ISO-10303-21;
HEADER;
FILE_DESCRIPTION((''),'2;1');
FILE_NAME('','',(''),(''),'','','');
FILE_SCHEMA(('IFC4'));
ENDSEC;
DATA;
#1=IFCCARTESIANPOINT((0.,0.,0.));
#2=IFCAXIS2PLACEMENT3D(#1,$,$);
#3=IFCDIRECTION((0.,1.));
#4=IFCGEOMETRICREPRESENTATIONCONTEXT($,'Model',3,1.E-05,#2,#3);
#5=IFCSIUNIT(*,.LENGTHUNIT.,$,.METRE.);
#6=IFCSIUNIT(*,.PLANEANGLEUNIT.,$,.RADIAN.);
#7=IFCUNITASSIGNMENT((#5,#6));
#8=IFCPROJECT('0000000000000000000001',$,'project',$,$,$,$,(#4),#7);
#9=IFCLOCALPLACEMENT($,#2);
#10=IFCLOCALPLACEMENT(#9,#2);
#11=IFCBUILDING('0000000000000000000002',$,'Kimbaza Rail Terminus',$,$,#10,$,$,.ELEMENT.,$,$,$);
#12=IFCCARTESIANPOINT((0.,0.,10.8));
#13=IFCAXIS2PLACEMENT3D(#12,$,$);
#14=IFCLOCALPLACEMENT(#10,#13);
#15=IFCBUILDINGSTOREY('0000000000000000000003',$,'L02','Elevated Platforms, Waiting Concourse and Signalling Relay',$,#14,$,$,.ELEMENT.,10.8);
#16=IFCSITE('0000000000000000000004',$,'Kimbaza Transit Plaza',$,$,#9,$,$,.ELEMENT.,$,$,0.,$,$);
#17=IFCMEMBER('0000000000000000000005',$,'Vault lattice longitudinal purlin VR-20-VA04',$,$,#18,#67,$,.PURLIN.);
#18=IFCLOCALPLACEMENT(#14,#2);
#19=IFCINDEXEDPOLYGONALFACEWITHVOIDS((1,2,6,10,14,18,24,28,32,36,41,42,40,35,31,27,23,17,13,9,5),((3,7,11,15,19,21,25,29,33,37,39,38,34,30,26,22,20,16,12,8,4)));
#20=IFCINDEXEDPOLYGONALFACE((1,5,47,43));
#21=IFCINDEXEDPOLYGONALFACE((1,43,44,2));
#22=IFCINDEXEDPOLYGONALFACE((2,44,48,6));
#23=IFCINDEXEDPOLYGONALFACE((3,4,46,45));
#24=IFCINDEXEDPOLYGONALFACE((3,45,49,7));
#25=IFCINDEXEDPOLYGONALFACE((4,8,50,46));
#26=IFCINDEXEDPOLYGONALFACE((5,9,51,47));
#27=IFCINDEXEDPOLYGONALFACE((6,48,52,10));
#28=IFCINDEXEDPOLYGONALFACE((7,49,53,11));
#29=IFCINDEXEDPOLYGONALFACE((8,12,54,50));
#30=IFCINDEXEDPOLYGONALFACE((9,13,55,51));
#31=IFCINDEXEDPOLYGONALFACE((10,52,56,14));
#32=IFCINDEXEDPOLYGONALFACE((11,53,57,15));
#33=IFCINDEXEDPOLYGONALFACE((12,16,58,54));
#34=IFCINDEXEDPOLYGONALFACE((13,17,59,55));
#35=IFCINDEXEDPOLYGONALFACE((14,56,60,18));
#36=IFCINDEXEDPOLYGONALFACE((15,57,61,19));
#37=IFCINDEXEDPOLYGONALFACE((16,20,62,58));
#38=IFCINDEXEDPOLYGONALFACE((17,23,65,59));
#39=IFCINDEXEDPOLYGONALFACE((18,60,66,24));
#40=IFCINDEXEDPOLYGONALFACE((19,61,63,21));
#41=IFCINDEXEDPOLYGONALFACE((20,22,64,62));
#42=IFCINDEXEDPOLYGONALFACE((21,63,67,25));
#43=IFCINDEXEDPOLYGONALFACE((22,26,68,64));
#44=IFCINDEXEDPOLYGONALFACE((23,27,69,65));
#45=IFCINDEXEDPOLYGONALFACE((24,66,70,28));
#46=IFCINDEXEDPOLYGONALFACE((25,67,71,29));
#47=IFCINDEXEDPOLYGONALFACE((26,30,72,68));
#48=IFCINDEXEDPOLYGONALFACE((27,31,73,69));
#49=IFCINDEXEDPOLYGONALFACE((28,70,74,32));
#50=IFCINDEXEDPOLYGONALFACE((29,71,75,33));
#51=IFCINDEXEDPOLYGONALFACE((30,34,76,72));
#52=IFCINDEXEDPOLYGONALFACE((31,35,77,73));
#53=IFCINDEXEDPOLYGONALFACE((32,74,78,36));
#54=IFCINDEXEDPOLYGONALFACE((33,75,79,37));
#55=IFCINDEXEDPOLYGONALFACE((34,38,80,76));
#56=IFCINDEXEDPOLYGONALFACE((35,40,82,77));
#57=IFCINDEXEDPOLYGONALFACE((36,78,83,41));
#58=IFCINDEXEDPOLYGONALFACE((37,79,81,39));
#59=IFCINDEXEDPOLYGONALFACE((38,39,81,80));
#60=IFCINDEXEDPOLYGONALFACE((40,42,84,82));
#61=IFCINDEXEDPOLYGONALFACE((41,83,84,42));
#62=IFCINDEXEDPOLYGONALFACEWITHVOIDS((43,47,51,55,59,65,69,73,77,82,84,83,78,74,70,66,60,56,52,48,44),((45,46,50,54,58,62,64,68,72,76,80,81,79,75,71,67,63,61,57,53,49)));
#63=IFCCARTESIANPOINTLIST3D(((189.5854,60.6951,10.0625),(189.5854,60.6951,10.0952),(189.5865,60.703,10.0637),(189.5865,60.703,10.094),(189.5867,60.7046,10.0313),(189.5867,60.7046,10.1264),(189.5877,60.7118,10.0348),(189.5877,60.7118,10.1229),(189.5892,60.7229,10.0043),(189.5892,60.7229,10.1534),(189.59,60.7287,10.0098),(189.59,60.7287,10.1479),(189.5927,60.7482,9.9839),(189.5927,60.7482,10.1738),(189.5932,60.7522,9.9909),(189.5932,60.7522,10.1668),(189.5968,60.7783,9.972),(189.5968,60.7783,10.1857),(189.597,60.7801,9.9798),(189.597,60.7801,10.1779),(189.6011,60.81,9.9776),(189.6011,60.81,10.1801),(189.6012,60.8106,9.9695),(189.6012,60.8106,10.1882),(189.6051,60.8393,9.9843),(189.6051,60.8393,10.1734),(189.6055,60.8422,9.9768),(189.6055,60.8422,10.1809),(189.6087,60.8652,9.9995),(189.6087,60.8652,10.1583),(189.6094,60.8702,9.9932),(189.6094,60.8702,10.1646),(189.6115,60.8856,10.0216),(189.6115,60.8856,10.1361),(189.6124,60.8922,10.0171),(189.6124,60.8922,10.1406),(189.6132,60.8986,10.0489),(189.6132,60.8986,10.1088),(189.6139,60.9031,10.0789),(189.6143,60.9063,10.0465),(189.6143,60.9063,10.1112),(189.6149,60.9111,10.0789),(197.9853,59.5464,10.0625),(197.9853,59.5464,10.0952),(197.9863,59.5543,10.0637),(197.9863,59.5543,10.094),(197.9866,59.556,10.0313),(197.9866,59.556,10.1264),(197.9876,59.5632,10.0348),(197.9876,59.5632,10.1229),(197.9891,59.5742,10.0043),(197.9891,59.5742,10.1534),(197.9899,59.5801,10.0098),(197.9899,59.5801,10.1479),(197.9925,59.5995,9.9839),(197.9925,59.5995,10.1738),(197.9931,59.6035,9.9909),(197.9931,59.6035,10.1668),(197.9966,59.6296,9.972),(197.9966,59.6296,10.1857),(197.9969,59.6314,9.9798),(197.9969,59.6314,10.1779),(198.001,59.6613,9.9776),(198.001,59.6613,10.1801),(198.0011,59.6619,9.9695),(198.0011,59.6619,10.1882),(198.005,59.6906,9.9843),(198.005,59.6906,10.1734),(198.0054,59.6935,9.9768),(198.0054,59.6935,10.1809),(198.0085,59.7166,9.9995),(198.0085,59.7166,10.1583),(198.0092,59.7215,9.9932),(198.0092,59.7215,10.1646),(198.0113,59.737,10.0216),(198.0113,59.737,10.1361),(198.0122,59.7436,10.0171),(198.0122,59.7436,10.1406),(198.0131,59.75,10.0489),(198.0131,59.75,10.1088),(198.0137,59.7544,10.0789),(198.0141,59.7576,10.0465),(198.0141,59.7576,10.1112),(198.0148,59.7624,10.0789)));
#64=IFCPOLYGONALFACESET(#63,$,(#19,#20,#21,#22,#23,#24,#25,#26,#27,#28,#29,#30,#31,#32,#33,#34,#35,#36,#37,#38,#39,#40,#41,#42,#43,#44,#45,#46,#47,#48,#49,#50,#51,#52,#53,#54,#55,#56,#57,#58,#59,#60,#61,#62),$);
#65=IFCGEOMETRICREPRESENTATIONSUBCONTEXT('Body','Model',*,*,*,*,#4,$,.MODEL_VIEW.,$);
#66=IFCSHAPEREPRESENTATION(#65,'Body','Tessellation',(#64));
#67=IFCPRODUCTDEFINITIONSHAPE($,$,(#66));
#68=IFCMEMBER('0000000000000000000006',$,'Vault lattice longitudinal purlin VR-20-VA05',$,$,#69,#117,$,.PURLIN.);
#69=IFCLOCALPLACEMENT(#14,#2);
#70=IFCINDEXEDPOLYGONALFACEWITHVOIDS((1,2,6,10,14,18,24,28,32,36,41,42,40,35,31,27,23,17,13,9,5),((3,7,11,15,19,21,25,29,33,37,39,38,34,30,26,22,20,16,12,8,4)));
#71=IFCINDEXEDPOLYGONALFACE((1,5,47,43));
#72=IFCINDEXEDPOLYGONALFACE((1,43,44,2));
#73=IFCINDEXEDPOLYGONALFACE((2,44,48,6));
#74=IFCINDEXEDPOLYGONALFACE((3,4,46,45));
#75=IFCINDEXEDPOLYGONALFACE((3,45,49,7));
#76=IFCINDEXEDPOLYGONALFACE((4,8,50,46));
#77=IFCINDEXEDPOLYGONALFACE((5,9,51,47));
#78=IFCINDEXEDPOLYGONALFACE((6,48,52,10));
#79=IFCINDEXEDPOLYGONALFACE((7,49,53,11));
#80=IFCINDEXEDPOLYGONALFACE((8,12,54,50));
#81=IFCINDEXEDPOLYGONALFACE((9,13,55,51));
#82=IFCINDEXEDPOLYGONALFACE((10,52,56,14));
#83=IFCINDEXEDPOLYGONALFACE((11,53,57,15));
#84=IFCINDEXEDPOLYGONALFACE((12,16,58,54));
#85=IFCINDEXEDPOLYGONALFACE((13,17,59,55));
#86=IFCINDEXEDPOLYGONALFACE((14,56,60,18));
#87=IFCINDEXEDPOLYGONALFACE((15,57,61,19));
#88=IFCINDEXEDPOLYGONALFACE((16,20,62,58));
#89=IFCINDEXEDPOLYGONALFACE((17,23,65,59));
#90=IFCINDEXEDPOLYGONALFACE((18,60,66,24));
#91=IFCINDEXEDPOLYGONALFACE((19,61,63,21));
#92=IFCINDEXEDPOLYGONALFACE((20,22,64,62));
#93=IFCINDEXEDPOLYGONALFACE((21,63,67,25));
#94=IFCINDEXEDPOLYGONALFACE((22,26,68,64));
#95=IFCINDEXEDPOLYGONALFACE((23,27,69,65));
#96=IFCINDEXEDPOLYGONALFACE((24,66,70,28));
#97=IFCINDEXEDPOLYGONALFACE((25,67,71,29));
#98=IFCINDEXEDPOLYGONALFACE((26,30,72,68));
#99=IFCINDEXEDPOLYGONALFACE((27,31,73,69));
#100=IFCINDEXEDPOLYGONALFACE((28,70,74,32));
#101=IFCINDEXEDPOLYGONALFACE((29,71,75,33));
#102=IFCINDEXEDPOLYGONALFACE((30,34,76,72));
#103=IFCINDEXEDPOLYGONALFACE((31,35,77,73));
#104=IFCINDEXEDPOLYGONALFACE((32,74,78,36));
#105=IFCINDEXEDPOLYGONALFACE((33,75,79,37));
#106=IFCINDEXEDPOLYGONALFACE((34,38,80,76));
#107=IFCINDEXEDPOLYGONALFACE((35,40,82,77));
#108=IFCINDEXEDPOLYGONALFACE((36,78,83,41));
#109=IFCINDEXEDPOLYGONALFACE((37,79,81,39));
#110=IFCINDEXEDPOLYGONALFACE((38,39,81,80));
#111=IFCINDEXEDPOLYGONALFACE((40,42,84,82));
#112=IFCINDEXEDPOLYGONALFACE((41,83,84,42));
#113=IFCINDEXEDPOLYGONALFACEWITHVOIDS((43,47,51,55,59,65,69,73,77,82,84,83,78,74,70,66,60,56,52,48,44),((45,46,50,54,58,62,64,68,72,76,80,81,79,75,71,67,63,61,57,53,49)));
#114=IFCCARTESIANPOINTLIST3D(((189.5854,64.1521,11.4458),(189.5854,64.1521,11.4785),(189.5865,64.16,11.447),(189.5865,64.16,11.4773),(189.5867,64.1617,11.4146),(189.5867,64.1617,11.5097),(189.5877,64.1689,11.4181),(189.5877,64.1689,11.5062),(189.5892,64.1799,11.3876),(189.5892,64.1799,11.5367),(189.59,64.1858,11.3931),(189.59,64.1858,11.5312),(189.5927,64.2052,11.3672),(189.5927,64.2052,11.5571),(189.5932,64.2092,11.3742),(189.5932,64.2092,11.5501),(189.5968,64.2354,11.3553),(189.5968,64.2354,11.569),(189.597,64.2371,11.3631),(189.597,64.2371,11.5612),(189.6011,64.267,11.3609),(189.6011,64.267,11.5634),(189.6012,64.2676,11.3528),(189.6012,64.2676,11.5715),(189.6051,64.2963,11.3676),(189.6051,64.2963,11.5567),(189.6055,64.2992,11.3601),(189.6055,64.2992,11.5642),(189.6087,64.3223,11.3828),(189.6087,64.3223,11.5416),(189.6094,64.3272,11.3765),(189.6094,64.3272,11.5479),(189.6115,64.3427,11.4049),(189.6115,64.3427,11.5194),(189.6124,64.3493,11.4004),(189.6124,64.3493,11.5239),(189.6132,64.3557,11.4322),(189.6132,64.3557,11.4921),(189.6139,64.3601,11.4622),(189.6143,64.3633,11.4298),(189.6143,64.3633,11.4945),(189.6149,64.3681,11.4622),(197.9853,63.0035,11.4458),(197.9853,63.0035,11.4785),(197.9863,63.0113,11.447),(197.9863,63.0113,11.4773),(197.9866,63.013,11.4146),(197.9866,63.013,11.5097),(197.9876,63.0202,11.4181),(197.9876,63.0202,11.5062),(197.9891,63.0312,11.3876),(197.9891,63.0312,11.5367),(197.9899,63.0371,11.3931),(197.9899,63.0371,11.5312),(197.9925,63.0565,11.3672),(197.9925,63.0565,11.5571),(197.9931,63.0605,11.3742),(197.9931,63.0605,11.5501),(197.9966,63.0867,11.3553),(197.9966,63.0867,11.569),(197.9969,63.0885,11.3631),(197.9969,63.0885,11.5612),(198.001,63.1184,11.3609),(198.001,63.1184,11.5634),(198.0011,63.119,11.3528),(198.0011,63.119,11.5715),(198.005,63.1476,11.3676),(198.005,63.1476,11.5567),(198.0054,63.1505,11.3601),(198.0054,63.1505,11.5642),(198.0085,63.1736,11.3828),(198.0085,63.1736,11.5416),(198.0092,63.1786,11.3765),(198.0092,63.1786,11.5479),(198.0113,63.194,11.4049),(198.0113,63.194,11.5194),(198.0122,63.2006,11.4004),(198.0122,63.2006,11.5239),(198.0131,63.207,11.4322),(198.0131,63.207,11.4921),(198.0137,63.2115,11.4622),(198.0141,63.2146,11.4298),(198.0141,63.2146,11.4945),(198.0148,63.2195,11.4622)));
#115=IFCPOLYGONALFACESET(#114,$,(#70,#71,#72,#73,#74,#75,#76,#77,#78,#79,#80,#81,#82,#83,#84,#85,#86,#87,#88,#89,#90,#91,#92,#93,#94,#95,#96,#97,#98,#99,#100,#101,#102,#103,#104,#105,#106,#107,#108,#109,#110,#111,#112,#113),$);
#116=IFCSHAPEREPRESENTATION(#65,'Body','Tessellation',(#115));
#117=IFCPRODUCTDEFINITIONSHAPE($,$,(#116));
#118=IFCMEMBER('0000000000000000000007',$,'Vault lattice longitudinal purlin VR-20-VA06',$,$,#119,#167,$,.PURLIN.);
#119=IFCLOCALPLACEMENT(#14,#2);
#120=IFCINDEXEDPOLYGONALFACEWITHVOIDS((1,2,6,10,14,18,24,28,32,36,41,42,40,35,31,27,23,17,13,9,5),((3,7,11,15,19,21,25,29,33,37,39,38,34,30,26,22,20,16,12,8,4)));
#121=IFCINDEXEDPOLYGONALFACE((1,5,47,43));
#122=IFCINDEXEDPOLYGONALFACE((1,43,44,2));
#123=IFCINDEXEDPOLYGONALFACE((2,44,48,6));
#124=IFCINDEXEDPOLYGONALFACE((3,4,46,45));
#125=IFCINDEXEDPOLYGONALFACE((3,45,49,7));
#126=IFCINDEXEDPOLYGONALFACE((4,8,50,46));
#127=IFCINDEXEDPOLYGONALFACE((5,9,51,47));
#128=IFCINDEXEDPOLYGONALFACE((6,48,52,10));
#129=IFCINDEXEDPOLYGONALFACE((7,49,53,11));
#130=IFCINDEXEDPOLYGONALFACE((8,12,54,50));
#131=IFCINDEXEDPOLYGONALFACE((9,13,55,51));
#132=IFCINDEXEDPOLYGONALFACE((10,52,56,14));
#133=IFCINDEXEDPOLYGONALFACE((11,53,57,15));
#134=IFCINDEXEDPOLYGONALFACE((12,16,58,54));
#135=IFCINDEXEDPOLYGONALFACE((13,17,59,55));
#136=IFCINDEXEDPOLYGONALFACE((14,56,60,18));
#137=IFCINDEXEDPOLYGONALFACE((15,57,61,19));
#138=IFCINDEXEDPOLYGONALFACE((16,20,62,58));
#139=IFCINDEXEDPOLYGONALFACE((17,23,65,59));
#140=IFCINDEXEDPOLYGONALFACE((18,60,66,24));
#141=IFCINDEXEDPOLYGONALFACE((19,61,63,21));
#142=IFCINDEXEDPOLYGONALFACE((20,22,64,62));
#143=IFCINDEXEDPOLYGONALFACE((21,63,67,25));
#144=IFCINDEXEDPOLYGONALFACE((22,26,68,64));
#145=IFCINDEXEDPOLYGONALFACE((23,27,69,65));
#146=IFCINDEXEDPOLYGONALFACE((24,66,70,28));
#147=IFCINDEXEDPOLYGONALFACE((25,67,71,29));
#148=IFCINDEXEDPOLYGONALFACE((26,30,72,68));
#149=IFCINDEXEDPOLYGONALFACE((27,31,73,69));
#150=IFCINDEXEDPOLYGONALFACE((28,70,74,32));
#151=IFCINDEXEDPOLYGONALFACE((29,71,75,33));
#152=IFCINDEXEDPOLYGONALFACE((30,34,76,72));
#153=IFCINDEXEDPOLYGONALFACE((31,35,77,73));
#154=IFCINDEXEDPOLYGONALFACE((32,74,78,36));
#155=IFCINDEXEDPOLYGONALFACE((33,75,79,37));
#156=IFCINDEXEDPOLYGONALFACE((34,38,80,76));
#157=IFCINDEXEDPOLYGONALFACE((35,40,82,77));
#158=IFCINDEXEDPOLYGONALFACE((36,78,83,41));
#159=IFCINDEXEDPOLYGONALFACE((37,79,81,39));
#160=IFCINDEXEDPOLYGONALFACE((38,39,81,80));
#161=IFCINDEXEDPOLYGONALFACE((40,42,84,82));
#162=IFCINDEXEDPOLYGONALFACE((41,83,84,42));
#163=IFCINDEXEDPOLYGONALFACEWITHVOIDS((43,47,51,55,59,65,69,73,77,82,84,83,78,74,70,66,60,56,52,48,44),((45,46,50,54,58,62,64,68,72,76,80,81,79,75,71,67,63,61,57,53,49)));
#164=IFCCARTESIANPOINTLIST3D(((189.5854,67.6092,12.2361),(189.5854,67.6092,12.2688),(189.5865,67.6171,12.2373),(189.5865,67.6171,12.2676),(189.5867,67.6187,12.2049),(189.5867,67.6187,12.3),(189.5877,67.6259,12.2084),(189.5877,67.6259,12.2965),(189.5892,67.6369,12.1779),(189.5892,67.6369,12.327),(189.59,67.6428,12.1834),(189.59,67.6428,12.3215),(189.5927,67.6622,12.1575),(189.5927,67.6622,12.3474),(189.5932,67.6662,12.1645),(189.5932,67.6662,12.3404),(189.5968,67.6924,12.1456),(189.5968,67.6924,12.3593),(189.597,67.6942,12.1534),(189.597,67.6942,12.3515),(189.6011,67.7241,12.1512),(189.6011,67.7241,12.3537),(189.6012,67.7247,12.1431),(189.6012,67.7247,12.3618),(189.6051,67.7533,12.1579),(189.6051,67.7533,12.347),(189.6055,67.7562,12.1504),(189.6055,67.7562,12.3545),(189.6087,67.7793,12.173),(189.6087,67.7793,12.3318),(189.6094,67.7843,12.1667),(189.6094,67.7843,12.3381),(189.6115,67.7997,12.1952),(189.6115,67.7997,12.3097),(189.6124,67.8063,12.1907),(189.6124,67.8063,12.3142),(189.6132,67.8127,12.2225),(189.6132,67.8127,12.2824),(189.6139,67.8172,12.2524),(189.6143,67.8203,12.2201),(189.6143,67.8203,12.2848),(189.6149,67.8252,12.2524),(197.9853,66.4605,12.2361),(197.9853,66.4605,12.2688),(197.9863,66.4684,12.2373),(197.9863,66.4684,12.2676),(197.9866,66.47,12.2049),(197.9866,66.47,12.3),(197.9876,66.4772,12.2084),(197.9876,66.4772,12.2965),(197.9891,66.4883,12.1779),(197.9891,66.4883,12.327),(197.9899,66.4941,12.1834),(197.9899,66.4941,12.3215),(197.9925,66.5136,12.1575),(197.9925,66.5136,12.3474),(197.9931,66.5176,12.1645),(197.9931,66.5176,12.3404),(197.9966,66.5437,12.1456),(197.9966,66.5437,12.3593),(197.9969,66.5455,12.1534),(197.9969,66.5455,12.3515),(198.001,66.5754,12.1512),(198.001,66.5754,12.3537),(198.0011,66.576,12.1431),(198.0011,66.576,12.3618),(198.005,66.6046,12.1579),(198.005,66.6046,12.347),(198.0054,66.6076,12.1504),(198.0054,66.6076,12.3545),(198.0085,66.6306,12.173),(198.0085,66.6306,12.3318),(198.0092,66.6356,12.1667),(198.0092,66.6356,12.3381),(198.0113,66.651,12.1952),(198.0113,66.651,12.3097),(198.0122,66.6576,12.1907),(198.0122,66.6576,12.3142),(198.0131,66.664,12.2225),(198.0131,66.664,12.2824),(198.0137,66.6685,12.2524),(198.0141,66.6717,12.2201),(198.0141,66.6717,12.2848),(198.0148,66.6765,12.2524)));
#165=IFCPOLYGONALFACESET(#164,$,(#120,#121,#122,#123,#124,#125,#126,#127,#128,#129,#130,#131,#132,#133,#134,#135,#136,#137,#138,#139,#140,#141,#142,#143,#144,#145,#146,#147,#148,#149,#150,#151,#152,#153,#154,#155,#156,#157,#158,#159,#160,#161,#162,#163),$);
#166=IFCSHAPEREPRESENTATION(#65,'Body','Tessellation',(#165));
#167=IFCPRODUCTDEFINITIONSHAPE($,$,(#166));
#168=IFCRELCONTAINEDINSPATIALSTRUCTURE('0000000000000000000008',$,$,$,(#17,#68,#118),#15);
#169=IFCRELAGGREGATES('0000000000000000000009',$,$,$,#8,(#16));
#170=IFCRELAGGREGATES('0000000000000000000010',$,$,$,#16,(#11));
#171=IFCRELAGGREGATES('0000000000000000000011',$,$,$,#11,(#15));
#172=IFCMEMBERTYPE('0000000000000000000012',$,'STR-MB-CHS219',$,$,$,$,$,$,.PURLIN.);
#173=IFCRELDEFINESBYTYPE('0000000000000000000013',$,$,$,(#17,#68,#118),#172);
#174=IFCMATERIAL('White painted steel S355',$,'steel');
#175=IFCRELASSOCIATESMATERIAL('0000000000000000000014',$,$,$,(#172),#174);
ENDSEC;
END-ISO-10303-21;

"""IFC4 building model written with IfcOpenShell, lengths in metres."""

from ifc_helpers import new_model, si_unit, direction, frame, origin, origin_2d, place, context, subcontext, project, spatial, hollow_circle, extrude, material, material_profile, profile_set, type_object, element, save


model = new_model("IFC4")

# Units and contexts
model_context = context("Model", 3, precision=1e-05, world=origin(), true_north=direction((0.0, 1.0)))
body_context = subcontext(model_context, "Body", "Model", "MODEL_VIEW")
ifc_project = project(units=[si_unit("LENGTHUNIT", "METRE"), si_unit("PLANEANGLEUNIT", "RADIAN")], contexts=[model_context])

# Site, building, storey
site_placement = place(None, origin())
site = spatial("IfcSite", under=ifc_project, at=site_placement, Name="Kimbaza Transit Plaza", CompositionType="ELEMENT", RefElevation=0.0)
building_placement = place(site_placement, origin())
building = spatial("IfcBuilding", under=site, at=building_placement, Name="Kimbaza Rail Terminus", CompositionType="ELEMENT")
storey_placement = place(building_placement, frame((0.0, 0.0, 10.8)))
storey = spatial("IfcBuildingStorey", under=building, at=storey_placement, Name="L02", Description="Elevated Platforms, Waiting Concourse and Signalling Relay", CompositionType="ELEMENT", Elevation=10.8)

# Members
ifc_material_1 = material(Name="White painted steel S355", Category="steel")
ifc_material_profile_1 = material_profile(ifc_material_1, hollow_circle(Radius=0.1096, WallThickness=0.0081, at=origin_2d()), Name="CHS 219.1x8")
ifc_profile_set_1 = profile_set([ifc_material_profile_1], Name="White painted steel S355")
member_type_1 = type_object("IfcMemberType", Name="STR-MB-CHS219", PredefinedType="PURLIN", material=ifc_profile_set_1)
for number, where, z_axis, x_axis, name in (
    (1, (189.6001, 60.8025, 10.0789), (0.990779, -0.135488, 0.0), (0.135488, 0.990779, 0.0), "Vault lattice longitudinal purlin VR-20-VA04"),
    (2, (189.6001, 64.2595, 11.4622), (0.990779, -0.135488, 0.0), (0.135488, 0.990779, 0.0), "Vault lattice longitudinal purlin VR-20-VA05"),
    (3, (189.6001, 67.7166, 12.2524), (0.990779, -0.135488, 0.0), (0.135488, 0.990779, 0.0), "Vault lattice longitudinal purlin VR-20-VA06"),
):
    element("IfcMember", number, at=place(storey_placement, frame(where, z_axis=z_axis, x_axis=x_axis)), inside=storey, type_object=member_type_1, Name=name, PredefinedType="PURLIN", context=body_context, shape_type="SweptSolid", body=[
        extrude(hollow_circle(Radius=0.1096, WallThickness=0.0081, at=origin_2d()), origin(), (0.0, 0.0, 1.0), 8.478),
    ])

save(model, "model.ifc")
